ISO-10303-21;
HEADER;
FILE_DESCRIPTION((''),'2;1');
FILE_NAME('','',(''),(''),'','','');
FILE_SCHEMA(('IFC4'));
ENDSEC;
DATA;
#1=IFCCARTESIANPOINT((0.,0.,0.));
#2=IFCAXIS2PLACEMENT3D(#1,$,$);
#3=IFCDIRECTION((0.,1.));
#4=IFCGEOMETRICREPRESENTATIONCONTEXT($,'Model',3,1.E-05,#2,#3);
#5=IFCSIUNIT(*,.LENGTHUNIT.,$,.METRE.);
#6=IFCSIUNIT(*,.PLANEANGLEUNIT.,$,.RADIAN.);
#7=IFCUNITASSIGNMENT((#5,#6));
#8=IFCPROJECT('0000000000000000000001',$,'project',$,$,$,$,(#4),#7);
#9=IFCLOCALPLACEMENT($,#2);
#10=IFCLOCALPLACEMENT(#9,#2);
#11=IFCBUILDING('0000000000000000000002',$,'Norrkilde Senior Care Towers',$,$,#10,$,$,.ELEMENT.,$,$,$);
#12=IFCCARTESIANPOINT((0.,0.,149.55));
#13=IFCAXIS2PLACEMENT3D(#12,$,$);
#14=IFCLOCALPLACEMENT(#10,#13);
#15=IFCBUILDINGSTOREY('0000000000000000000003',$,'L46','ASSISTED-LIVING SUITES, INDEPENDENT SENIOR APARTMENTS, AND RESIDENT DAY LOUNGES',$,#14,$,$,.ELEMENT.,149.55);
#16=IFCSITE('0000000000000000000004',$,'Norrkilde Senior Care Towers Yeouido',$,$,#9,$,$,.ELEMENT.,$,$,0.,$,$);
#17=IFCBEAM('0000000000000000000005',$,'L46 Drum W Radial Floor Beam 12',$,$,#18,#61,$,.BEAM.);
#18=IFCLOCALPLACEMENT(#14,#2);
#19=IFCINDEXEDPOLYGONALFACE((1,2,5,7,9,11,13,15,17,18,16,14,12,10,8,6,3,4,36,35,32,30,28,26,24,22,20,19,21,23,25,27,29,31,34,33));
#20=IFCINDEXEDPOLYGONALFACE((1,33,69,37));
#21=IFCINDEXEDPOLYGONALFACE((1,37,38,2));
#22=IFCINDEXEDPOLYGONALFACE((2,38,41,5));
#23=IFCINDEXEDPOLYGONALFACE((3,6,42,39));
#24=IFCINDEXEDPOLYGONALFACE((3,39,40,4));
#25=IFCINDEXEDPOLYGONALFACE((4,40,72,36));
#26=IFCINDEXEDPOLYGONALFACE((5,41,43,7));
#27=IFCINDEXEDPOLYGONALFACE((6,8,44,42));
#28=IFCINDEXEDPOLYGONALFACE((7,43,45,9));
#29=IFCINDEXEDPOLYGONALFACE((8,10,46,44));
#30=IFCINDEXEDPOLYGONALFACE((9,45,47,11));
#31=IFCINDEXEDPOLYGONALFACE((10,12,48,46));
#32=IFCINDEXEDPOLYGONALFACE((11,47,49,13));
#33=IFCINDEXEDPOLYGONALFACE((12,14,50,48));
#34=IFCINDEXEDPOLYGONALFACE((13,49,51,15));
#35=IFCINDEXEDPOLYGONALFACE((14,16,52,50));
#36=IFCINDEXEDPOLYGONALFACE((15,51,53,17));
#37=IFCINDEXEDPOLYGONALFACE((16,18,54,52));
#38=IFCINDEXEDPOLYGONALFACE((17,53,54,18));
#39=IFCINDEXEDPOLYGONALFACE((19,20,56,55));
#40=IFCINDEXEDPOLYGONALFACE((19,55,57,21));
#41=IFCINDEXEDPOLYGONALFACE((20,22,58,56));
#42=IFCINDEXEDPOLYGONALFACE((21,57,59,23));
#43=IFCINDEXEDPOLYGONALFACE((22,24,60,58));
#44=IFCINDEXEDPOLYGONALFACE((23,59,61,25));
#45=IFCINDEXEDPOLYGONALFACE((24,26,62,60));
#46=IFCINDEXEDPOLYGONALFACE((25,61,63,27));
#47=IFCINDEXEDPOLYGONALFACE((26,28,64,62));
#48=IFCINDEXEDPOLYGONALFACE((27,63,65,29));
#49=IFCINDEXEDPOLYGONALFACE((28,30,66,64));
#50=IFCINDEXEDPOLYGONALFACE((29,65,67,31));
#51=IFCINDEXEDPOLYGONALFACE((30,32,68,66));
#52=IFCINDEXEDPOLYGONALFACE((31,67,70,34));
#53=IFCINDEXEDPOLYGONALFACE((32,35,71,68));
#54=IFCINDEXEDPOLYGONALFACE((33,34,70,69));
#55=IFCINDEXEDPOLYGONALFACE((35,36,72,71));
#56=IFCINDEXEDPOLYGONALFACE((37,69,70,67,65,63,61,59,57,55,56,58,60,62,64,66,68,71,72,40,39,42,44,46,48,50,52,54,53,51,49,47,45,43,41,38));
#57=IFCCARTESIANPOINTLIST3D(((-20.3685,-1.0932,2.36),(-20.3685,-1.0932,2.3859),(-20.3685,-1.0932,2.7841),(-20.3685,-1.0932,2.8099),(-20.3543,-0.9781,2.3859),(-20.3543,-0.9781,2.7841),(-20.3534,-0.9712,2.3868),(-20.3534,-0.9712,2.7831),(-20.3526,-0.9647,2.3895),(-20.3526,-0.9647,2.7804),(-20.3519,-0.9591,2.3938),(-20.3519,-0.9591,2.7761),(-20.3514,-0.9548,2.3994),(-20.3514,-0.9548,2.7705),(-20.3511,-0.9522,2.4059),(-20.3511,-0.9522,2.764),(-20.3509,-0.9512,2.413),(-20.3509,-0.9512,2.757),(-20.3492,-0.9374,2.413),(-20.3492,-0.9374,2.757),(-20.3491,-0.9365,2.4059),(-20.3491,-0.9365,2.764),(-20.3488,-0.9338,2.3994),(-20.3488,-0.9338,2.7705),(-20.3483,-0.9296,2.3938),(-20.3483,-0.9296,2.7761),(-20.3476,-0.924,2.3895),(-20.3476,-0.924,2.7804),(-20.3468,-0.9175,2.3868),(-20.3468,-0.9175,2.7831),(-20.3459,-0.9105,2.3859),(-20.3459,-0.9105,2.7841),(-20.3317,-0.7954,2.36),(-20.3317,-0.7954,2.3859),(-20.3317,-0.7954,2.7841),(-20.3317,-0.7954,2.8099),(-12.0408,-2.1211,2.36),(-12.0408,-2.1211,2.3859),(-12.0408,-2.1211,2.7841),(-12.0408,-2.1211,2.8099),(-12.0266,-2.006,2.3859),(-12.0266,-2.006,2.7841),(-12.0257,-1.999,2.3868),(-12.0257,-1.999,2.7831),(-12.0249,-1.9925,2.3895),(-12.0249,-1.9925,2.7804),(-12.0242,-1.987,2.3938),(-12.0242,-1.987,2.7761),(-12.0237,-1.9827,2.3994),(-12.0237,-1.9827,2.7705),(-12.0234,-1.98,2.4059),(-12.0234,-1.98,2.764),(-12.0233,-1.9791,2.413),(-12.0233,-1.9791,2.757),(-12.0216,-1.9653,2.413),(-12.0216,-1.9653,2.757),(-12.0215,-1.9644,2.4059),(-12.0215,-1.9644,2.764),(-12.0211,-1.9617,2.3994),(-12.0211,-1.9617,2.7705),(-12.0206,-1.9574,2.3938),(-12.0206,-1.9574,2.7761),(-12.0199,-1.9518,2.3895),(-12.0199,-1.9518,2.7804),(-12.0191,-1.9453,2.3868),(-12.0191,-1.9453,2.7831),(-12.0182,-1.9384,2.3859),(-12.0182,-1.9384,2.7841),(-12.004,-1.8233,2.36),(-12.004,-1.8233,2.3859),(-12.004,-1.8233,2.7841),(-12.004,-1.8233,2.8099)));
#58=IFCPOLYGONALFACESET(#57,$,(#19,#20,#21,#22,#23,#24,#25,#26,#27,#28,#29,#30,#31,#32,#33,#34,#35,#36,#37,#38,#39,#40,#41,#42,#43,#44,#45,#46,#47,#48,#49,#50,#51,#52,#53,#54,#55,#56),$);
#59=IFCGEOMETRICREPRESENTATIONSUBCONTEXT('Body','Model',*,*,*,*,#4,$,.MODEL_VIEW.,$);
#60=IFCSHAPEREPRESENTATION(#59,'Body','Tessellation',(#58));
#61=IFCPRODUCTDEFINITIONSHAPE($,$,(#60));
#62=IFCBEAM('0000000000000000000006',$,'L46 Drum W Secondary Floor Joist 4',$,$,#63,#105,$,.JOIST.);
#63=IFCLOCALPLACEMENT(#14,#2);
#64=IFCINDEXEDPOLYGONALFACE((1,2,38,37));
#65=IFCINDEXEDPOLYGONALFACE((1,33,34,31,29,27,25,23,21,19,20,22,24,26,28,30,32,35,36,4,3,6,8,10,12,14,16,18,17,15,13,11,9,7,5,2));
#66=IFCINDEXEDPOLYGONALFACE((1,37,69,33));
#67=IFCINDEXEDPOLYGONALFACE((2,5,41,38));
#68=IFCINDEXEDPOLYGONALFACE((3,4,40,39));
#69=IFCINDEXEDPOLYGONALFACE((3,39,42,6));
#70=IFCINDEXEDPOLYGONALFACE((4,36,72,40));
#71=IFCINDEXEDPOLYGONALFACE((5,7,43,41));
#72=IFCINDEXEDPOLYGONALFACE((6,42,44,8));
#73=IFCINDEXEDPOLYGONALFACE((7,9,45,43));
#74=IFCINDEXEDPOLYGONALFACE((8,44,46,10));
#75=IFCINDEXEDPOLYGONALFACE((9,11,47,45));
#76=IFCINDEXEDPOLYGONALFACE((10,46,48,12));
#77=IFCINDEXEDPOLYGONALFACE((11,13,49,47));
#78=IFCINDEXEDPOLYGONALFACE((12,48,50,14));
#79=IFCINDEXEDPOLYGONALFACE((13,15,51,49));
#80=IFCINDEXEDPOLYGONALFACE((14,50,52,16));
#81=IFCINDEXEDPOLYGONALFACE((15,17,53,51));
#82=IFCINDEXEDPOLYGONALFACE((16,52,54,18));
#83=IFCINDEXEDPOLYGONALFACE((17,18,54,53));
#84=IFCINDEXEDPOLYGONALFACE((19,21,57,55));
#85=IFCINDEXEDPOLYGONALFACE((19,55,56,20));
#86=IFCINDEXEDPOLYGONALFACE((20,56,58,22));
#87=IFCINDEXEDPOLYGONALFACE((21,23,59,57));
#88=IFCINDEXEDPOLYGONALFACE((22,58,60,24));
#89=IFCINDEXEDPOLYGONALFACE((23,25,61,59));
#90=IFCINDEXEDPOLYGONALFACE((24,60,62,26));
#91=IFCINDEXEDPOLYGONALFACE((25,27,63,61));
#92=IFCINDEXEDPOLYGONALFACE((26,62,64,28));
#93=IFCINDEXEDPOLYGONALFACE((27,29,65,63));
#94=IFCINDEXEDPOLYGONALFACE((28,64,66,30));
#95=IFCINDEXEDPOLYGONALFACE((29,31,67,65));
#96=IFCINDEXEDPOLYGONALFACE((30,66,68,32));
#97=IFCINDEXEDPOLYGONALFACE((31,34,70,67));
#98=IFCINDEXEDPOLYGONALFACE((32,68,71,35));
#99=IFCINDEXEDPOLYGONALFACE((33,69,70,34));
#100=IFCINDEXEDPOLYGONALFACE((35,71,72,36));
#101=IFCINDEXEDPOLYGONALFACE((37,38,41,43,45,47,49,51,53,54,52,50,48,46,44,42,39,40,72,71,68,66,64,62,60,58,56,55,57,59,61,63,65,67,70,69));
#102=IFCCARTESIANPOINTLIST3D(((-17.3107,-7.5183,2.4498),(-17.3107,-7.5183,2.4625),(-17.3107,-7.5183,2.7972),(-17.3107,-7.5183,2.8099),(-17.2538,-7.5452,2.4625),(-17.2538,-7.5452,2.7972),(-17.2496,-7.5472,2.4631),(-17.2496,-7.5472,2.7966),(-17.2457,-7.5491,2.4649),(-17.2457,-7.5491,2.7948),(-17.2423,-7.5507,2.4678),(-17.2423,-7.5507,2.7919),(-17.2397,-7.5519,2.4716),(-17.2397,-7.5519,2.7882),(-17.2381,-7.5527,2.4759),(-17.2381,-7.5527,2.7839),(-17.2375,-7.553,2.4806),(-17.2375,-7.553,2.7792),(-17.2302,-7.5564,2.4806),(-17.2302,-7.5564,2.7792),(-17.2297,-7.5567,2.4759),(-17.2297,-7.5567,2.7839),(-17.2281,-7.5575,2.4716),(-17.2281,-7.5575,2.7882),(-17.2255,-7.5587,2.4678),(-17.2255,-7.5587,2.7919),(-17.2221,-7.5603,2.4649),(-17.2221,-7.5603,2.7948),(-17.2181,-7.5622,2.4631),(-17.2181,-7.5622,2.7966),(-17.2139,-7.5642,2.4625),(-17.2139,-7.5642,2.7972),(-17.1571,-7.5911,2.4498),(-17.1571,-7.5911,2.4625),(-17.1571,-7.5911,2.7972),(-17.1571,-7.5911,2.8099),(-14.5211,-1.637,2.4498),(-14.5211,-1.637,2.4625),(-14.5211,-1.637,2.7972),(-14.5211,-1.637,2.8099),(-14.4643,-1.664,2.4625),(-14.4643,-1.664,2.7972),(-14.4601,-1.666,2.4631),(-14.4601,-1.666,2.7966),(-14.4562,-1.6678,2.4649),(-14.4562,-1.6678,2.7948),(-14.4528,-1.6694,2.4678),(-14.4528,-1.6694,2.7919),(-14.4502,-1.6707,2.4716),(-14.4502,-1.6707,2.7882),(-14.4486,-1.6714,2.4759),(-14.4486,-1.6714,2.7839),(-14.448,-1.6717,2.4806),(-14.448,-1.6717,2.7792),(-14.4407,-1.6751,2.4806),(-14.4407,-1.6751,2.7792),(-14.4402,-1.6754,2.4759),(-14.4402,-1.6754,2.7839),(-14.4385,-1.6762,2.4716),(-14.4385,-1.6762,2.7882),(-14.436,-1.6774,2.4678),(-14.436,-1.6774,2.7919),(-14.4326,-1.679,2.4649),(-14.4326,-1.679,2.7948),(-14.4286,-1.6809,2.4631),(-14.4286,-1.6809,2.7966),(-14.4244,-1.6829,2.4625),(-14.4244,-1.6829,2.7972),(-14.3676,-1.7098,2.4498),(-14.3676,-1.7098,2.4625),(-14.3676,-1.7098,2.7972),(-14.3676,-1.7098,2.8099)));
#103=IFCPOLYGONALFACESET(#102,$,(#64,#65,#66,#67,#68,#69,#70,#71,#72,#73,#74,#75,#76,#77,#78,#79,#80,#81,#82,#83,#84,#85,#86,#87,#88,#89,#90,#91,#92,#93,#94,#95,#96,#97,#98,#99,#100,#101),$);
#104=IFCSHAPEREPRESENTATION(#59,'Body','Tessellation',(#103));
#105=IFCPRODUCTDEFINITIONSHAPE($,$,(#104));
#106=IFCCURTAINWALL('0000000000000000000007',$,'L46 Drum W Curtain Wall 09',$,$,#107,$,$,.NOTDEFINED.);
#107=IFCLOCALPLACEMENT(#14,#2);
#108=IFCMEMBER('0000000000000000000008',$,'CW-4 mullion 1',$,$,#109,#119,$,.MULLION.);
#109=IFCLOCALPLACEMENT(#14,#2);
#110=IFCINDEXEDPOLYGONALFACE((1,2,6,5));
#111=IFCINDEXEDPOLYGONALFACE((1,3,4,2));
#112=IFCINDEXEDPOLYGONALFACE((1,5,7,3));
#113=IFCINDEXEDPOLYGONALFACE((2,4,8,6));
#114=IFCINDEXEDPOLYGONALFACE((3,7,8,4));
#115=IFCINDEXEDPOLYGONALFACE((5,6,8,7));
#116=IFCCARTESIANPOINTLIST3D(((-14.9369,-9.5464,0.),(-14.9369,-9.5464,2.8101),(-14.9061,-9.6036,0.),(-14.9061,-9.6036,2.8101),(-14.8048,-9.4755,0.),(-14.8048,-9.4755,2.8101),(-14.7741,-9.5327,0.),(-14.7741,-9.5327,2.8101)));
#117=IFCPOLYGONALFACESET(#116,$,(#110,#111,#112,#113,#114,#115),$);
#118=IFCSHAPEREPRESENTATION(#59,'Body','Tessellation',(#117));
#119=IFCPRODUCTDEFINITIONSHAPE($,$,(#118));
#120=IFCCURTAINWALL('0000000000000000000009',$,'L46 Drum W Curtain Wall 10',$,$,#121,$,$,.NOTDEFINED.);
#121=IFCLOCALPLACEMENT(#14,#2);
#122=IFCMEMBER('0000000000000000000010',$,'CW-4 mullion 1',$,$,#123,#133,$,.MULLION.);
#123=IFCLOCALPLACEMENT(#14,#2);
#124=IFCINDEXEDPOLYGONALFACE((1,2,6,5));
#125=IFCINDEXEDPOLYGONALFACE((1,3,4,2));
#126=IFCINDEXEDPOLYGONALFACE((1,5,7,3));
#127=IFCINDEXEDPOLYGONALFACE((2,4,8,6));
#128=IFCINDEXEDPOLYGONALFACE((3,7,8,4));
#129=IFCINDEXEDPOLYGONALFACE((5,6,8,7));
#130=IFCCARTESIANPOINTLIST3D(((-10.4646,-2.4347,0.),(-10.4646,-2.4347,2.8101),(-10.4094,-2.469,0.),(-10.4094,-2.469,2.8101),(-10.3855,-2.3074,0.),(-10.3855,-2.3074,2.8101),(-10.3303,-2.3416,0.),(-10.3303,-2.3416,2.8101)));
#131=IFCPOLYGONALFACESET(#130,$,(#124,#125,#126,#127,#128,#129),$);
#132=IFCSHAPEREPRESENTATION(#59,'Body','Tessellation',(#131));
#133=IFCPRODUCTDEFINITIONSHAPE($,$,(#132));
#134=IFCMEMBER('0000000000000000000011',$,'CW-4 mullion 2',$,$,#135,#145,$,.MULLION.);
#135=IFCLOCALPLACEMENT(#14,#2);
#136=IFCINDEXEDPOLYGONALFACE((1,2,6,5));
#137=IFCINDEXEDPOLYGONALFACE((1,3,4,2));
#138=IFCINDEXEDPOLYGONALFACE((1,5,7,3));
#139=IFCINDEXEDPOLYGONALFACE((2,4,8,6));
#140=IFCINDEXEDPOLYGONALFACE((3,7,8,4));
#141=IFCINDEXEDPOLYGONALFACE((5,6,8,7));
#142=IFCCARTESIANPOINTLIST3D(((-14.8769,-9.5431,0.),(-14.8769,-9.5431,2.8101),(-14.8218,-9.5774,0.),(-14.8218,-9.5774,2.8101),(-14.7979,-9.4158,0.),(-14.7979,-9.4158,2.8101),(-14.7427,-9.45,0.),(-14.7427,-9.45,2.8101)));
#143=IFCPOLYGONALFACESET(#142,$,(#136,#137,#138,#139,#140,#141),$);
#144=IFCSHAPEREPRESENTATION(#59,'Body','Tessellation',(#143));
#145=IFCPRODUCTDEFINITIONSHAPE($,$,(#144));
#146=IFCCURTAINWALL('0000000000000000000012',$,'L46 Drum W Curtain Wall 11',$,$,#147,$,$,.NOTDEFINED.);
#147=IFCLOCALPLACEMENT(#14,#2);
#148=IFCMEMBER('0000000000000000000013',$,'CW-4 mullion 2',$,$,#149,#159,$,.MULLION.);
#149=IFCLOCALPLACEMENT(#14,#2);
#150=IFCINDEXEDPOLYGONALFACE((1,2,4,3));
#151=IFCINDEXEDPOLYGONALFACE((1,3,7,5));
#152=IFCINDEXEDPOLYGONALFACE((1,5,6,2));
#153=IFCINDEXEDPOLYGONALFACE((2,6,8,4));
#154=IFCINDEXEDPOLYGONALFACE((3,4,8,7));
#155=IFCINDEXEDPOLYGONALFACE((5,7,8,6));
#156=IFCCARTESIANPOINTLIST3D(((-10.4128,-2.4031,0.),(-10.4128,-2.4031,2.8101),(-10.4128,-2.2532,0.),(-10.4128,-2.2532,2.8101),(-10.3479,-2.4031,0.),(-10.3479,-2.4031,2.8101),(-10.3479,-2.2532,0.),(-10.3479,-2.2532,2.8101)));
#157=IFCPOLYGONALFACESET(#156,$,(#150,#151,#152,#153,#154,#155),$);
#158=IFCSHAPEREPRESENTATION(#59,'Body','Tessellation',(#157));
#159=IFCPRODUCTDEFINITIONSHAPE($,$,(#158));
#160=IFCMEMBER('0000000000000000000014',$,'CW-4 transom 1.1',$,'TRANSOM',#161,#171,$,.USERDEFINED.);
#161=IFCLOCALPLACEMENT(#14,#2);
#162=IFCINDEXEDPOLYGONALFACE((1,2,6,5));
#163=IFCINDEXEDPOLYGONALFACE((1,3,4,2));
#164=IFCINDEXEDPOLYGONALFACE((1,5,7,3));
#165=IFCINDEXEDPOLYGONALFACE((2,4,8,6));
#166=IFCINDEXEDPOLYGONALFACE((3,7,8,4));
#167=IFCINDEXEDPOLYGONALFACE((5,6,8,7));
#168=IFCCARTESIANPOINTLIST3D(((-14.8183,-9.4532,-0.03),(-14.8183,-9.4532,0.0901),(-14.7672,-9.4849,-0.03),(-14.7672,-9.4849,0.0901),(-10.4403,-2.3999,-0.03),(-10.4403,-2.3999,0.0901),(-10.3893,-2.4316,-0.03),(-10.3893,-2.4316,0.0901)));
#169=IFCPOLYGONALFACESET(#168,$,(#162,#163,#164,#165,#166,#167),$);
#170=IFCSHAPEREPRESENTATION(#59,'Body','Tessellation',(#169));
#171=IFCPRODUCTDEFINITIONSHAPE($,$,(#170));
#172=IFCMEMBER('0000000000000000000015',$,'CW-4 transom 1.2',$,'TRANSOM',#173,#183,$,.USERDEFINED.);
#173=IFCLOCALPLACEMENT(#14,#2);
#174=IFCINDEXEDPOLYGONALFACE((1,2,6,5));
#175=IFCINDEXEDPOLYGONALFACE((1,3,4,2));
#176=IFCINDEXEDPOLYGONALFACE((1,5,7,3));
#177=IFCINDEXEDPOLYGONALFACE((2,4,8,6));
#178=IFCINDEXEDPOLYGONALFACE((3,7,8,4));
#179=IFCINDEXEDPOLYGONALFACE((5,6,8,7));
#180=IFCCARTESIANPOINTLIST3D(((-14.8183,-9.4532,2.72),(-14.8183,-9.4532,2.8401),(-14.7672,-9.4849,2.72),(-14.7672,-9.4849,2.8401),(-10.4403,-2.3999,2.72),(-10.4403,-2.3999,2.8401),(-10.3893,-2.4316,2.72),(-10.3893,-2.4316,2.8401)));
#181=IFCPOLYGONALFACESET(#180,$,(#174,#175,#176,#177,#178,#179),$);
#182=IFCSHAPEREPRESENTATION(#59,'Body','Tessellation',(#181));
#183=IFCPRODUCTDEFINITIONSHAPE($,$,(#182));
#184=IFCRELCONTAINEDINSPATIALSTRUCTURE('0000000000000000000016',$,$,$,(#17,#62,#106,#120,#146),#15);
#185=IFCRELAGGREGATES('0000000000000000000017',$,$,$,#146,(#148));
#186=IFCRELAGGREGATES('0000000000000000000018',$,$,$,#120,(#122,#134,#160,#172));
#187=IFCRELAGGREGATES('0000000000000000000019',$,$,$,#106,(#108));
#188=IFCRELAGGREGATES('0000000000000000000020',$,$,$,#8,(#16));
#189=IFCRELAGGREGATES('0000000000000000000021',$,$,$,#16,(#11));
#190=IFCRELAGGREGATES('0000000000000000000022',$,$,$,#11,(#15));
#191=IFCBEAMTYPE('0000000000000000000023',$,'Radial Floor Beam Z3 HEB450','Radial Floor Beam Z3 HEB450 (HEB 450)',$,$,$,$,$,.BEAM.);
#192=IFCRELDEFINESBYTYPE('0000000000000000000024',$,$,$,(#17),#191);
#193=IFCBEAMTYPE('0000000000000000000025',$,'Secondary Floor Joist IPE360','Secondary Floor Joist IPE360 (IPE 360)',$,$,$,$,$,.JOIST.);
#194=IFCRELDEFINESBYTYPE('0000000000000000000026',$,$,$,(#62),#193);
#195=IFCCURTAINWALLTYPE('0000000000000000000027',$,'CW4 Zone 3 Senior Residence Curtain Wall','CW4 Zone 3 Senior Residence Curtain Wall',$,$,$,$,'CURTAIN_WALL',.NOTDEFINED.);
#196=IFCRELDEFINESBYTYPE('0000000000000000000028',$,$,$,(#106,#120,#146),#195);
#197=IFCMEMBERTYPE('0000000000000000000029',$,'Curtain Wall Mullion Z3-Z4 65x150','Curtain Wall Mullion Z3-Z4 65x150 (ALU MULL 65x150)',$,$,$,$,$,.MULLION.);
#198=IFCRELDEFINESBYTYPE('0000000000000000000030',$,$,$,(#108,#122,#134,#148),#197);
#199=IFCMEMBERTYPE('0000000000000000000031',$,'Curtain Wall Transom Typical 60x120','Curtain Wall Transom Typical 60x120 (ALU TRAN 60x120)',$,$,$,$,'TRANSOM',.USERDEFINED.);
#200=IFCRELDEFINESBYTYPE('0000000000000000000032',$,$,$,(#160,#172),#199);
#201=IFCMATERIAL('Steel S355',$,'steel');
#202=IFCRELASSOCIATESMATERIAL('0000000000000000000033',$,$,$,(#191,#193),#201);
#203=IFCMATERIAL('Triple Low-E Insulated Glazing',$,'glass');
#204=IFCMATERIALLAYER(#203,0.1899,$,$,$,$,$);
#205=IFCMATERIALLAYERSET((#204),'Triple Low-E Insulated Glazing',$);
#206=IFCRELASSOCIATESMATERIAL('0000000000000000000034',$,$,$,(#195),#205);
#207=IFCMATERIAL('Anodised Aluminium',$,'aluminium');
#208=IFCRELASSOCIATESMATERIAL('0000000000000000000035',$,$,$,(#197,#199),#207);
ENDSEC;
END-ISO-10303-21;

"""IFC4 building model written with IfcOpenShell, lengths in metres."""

from ifc_helpers import new_model, si_unit, direction, frame, origin, origin_2d, place, context, subcontext, project, spatial, rectangle, i_section, extrude, source, transform, mapped, material, layer, layer_set, material_profile, profile_set, type_object, type_shapes, element, aggregate, save


model = new_model("IFC4")

# Units and contexts
model_context = context("Model", 3, precision=1e-05, world=origin(), true_north=direction((0.0, 1.0)))
body_context = subcontext(model_context, "Body", "Model", "MODEL_VIEW")
ifc_project = project(units=[si_unit("LENGTHUNIT", "METRE"), si_unit("PLANEANGLEUNIT", "RADIAN")], contexts=[model_context])

# Site, building, storey
site_placement = place(None, origin())
site = spatial("IfcSite", under=ifc_project, at=site_placement, Name="Norrkilde Senior Care Towers Yeouido", CompositionType="ELEMENT", RefElevation=0.0)
building_placement = place(site_placement, origin())
building = spatial("IfcBuilding", under=site, at=building_placement, Name="Norrkilde Senior Care Towers", CompositionType="ELEMENT")
storey_placement = place(building_placement, frame((0.0, 0.0, 149.55)))
storey = spatial("IfcBuildingStorey", under=building, at=storey_placement, Name="L46", Description="ASSISTED-LIVING SUITES, INDEPENDENT SENIOR APARTMENTS, AND RESIDENT DAY LOUNGES", CompositionType="ELEMENT", Elevation=149.55)

# Beams
ifc_material_1 = material(Name="Steel S355", Category="steel")
ifc_material_profile_1 = material_profile(ifc_material_1, i_section(OverallWidth=0.3, OverallDepth=0.45, WebThickness=0.0139, FlangeThickness=0.0259, FilletRadius=0.0271, at=origin_2d()), Name="HEB 450")
ifc_profile_set_1 = profile_set([ifc_material_profile_1], Name="Steel S355")
beam_type_1 = type_object("IfcBeamType", Name="Radial Floor Beam Z3 HEB450", Description="Radial Floor Beam Z3 HEB450 (HEB 450)", PredefinedType="BEAM", material=ifc_profile_set_1)
shared_shape_1 = source(origin(), body_context, "Body", "SweptSolid", [
    extrude(i_section(OverallWidth=0.3, OverallDepth=0.45, WebThickness=0.0139, FlangeThickness=0.0259, FilletRadius=0.0271, at=origin_2d()), origin(), (0.0, 0.0, 1.0), 8.3909),
])
type_shapes(beam_type_1, [shared_shape_1])
beam_1_placement = place(storey_placement, frame((-20.3501, -0.9443, 2.585), z_axis=(0.992469, -0.122495, 0.0), x_axis=(0.122495, 0.992469, 0.0)))
element("IfcBeam", 1, at=beam_1_placement, inside=storey, type_object=beam_type_1, Name="L46 Drum W Radial Floor Beam 12", PredefinedType="BEAM", context=body_context, shape_type="MappedRepresentation", body=[
    mapped(shared_shape_1, transform((0.0, 0.0, 0.0), x_axis=(1.0, 0.0, 0.0), y_axis=(0.0, 1.0, 0.0), z_axis=(0.0, 0.0, 1.0), scale=1.0)),
])
ifc_material_profile_2 = material_profile(ifc_material_1, i_section(OverallWidth=0.1699, OverallDepth=0.3601, WebThickness=0.0081, FlangeThickness=0.0127, FilletRadius=0.0181, at=origin_2d()), Name="IPE 360")
ifc_profile_set_2 = profile_set([ifc_material_profile_2], Name="Steel S355")
beam_type_2 = type_object("IfcBeamType", Name="Secondary Floor Joist IPE360", Description="Secondary Floor Joist IPE360 (IPE 360)", PredefinedType="JOIST", material=ifc_profile_set_2)
shared_shape_2 = source(origin(), body_context, "Body", "SweptSolid", [
    extrude(i_section(OverallWidth=0.1699, OverallDepth=0.3601, WebThickness=0.0081, FlangeThickness=0.0127, FilletRadius=0.0181, at=origin_2d()), origin(), (0.0, 0.0, 1.0), 6.5093),
])
type_shapes(beam_type_2, [shared_shape_2])
beam_2_placement = place(storey_placement, frame((-17.2339, -7.5547, 2.6299), z_axis=(0.428544, 0.903521, 0.0), x_axis=(-0.903521, 0.428544, 0.0)))
element("IfcBeam", 2, at=beam_2_placement, inside=storey, type_object=beam_type_2, Name="L46 Drum W Secondary Floor Joist 4", PredefinedType="JOIST", context=body_context, shape_type="MappedRepresentation", body=[
    mapped(shared_shape_2, transform((0.0, 0.0, 0.0), x_axis=(1.0, 0.0, 0.0), y_axis=(0.0, 1.0, 0.0), z_axis=(0.0, 0.0, 1.0), scale=1.0)),
])

# Curtain wall, member
ifc_material_2 = material(Name="Triple Low-E Insulated Glazing", Category="glass")
ifc_layer_1 = layer(ifc_material_2, 0.1899)
ifc_layer_set_1 = layer_set([ifc_layer_1], Name="Triple Low-E Insulated Glazing")
curtain_wall_type = type_object("IfcCurtainWallType", Name="CW4 Zone 3 Senior Residence Curtain Wall", Description="CW4 Zone 3 Senior Residence Curtain Wall", ElementType="CURTAIN_WALL", PredefinedType="NOTDEFINED", material=ifc_layer_set_1)
curtain_wall_1_placement = place(storey_placement, origin())
curtain_wall_1 = element("IfcCurtainWall", 3, at=curtain_wall_1_placement, inside=storey, type_object=curtain_wall_type, Name="L46 Drum W Curtain Wall 09", PredefinedType="NOTDEFINED")
ifc_material_3 = material(Name="Anodised Aluminium", Category="aluminium")
ifc_material_profile_3 = material_profile(ifc_material_3, rectangle(XDim=0.0649, YDim=0.1499, at=origin_2d()), Name="ALU MULL 65x150")
ifc_profile_set_3 = profile_set([ifc_material_profile_3], Name="Anodised Aluminium")
member_type_1 = type_object("IfcMemberType", Name="Curtain Wall Mullion Z3-Z4 65x150", Description="Curtain Wall Mullion Z3-Z4 65x150 (ALU MULL 65x150)", PredefinedType="MULLION", material=ifc_profile_set_3)
shared_shape_3 = source(origin(), body_context, "Body", "SweptSolid", [
    extrude(rectangle(XDim=0.0649, YDim=0.1499, at=origin_2d()), origin(), (0.0, 0.0, 1.0), 2.8101),
])
type_shapes(member_type_1, [shared_shape_3])
member_1_placement = place(storey_placement, frame((-14.8555, -9.5396, 0.0), z_axis=(0.0, 0.0, 1.0), x_axis=(0.473117, -0.881, 0.0)))
member_1 = element("IfcMember", 4, at=member_1_placement, type_object=member_type_1, Name="CW-4 mullion 1", PredefinedType="MULLION", context=body_context, shape_type="MappedRepresentation", body=[
    mapped(shared_shape_3, transform((0.0, 0.0, 0.0), x_axis=(1.0, 0.0, 0.0), y_axis=(0.0, 1.0, 0.0), z_axis=(0.0, 0.0, 1.0), scale=1.0)),
])

# Curtain wall, members
curtain_wall_2_placement = place(storey_placement, origin())
curtain_wall_2 = element("IfcCurtainWall", 5, at=curtain_wall_2_placement, inside=storey, type_object=curtain_wall_type, Name="L46 Drum W Curtain Wall 10", PredefinedType="NOTDEFINED")
member_2_placement = place(storey_placement, frame((-10.3975, -2.3882, 0.0), z_axis=(0.0, 0.0, 1.0), x_axis=(0.849634, -0.527373, 0.0)))
member_2 = element("IfcMember", 6, at=member_2_placement, type_object=member_type_1, Name="CW-4 mullion 1", PredefinedType="MULLION", context=body_context, shape_type="MappedRepresentation", body=[
    mapped(shared_shape_3, transform((0.0, 0.0, 0.0), x_axis=(1.0, 0.0, 0.0), y_axis=(0.0, 1.0, 0.0), z_axis=(0.0, 0.0, 1.0), scale=1.0)),
])
member_3_placement = place(storey_placement, frame((-14.8098, -9.4966, 0.0), z_axis=(0.0, 0.0, 1.0), x_axis=(0.849634, -0.527373, 0.0)))
member_3 = element("IfcMember", 7, at=member_3_placement, type_object=member_type_1, Name="CW-4 mullion 2", PredefinedType="MULLION", context=body_context, shape_type="MappedRepresentation", body=[
    mapped(shared_shape_3, transform((0.0, 0.0, 0.0), x_axis=(1.0, 0.0, 0.0), y_axis=(0.0, 1.0, 0.0), z_axis=(0.0, 0.0, 1.0), scale=1.0)),
])

# Curtain wall, member
curtain_wall_3_placement = place(storey_placement, origin())
curtain_wall_3 = element("IfcCurtainWall", 8, at=curtain_wall_3_placement, inside=storey, type_object=curtain_wall_type, Name="L46 Drum W Curtain Wall 11", PredefinedType="NOTDEFINED")
member_4_placement = place(storey_placement, frame((-10.3804, -2.3281, 0.0), z_axis=(0.0, 0.0, 1.0), x_axis=(1.0, 0.0, 0.0)))
member_4 = element("IfcMember", 9, at=member_4_placement, type_object=member_type_1, Name="CW-4 mullion 2", PredefinedType="MULLION", context=body_context, shape_type="MappedRepresentation", body=[
    mapped(shared_shape_3, transform((0.0, 0.0, 0.0), x_axis=(1.0, 0.0, 0.0), y_axis=(0.0, 1.0, 0.0), z_axis=(0.0, 0.0, 1.0), scale=1.0)),
])
aggregate(curtain_wall_3, [member_4])

# Members
ifc_material_profile_4 = material_profile(ifc_material_3, rectangle(XDim=0.0601, YDim=0.1201, at=origin_2d()), Name="ALU TRAN 60x120")
ifc_profile_set_4 = profile_set([ifc_material_profile_4], Name="Anodised Aluminium")
member_type_2 = type_object("IfcMemberType", Name="Curtain Wall Transom Typical 60x120", Description="Curtain Wall Transom Typical 60x120 (ALU TRAN 60x120)", ElementType="TRANSOM", PredefinedType="USERDEFINED", material=ifc_profile_set_4)
shared_shape_4 = source(origin(), body_context, "Body", "SweptSolid", [
    extrude(rectangle(XDim=0.0601, YDim=0.1201, at=origin_2d()), origin(), (0.0, 0.0, 1.0), 8.3015),
])
member_5_placement = place(storey_placement, frame((-10.4148, -2.4158, 0.03), z_axis=(-0.527369, -0.849637, 0.0), x_axis=(0.849637, -0.527369, 0.0)))
member_5 = element("IfcMember", 10, at=member_5_placement, type_object=member_type_2, Name="CW-4 transom 1.1", ObjectType="TRANSOM", PredefinedType="USERDEFINED", context=body_context, shape_type="MappedRepresentation", body=[
    mapped(shared_shape_4, transform((0.0, 0.0, 0.0), x_axis=(1.0, 0.0, 0.0), y_axis=(0.0, 1.0, 0.0), z_axis=(0.0, 0.0, 1.0), scale=1.0)),
])
member_6_placement = place(storey_placement, frame((-10.4148, -2.4158, 2.78), z_axis=(-0.527369, -0.849637, 0.0), x_axis=(0.849637, -0.527369, 0.0)))
member_6 = element("IfcMember", 11, at=member_6_placement, type_object=member_type_2, Name="CW-4 transom 1.2", ObjectType="TRANSOM", PredefinedType="USERDEFINED", context=body_context, shape_type="MappedRepresentation", body=[
    mapped(shared_shape_4, transform((0.0, 0.0, 0.0), x_axis=(1.0, 0.0, 0.0), y_axis=(0.0, 1.0, 0.0), z_axis=(0.0, 0.0, 1.0), scale=1.0)),
])

aggregate(curtain_wall_2, [member_2, member_3, member_5, member_6])
aggregate(curtain_wall_1, [member_1])

save(model, "model.ifc")
